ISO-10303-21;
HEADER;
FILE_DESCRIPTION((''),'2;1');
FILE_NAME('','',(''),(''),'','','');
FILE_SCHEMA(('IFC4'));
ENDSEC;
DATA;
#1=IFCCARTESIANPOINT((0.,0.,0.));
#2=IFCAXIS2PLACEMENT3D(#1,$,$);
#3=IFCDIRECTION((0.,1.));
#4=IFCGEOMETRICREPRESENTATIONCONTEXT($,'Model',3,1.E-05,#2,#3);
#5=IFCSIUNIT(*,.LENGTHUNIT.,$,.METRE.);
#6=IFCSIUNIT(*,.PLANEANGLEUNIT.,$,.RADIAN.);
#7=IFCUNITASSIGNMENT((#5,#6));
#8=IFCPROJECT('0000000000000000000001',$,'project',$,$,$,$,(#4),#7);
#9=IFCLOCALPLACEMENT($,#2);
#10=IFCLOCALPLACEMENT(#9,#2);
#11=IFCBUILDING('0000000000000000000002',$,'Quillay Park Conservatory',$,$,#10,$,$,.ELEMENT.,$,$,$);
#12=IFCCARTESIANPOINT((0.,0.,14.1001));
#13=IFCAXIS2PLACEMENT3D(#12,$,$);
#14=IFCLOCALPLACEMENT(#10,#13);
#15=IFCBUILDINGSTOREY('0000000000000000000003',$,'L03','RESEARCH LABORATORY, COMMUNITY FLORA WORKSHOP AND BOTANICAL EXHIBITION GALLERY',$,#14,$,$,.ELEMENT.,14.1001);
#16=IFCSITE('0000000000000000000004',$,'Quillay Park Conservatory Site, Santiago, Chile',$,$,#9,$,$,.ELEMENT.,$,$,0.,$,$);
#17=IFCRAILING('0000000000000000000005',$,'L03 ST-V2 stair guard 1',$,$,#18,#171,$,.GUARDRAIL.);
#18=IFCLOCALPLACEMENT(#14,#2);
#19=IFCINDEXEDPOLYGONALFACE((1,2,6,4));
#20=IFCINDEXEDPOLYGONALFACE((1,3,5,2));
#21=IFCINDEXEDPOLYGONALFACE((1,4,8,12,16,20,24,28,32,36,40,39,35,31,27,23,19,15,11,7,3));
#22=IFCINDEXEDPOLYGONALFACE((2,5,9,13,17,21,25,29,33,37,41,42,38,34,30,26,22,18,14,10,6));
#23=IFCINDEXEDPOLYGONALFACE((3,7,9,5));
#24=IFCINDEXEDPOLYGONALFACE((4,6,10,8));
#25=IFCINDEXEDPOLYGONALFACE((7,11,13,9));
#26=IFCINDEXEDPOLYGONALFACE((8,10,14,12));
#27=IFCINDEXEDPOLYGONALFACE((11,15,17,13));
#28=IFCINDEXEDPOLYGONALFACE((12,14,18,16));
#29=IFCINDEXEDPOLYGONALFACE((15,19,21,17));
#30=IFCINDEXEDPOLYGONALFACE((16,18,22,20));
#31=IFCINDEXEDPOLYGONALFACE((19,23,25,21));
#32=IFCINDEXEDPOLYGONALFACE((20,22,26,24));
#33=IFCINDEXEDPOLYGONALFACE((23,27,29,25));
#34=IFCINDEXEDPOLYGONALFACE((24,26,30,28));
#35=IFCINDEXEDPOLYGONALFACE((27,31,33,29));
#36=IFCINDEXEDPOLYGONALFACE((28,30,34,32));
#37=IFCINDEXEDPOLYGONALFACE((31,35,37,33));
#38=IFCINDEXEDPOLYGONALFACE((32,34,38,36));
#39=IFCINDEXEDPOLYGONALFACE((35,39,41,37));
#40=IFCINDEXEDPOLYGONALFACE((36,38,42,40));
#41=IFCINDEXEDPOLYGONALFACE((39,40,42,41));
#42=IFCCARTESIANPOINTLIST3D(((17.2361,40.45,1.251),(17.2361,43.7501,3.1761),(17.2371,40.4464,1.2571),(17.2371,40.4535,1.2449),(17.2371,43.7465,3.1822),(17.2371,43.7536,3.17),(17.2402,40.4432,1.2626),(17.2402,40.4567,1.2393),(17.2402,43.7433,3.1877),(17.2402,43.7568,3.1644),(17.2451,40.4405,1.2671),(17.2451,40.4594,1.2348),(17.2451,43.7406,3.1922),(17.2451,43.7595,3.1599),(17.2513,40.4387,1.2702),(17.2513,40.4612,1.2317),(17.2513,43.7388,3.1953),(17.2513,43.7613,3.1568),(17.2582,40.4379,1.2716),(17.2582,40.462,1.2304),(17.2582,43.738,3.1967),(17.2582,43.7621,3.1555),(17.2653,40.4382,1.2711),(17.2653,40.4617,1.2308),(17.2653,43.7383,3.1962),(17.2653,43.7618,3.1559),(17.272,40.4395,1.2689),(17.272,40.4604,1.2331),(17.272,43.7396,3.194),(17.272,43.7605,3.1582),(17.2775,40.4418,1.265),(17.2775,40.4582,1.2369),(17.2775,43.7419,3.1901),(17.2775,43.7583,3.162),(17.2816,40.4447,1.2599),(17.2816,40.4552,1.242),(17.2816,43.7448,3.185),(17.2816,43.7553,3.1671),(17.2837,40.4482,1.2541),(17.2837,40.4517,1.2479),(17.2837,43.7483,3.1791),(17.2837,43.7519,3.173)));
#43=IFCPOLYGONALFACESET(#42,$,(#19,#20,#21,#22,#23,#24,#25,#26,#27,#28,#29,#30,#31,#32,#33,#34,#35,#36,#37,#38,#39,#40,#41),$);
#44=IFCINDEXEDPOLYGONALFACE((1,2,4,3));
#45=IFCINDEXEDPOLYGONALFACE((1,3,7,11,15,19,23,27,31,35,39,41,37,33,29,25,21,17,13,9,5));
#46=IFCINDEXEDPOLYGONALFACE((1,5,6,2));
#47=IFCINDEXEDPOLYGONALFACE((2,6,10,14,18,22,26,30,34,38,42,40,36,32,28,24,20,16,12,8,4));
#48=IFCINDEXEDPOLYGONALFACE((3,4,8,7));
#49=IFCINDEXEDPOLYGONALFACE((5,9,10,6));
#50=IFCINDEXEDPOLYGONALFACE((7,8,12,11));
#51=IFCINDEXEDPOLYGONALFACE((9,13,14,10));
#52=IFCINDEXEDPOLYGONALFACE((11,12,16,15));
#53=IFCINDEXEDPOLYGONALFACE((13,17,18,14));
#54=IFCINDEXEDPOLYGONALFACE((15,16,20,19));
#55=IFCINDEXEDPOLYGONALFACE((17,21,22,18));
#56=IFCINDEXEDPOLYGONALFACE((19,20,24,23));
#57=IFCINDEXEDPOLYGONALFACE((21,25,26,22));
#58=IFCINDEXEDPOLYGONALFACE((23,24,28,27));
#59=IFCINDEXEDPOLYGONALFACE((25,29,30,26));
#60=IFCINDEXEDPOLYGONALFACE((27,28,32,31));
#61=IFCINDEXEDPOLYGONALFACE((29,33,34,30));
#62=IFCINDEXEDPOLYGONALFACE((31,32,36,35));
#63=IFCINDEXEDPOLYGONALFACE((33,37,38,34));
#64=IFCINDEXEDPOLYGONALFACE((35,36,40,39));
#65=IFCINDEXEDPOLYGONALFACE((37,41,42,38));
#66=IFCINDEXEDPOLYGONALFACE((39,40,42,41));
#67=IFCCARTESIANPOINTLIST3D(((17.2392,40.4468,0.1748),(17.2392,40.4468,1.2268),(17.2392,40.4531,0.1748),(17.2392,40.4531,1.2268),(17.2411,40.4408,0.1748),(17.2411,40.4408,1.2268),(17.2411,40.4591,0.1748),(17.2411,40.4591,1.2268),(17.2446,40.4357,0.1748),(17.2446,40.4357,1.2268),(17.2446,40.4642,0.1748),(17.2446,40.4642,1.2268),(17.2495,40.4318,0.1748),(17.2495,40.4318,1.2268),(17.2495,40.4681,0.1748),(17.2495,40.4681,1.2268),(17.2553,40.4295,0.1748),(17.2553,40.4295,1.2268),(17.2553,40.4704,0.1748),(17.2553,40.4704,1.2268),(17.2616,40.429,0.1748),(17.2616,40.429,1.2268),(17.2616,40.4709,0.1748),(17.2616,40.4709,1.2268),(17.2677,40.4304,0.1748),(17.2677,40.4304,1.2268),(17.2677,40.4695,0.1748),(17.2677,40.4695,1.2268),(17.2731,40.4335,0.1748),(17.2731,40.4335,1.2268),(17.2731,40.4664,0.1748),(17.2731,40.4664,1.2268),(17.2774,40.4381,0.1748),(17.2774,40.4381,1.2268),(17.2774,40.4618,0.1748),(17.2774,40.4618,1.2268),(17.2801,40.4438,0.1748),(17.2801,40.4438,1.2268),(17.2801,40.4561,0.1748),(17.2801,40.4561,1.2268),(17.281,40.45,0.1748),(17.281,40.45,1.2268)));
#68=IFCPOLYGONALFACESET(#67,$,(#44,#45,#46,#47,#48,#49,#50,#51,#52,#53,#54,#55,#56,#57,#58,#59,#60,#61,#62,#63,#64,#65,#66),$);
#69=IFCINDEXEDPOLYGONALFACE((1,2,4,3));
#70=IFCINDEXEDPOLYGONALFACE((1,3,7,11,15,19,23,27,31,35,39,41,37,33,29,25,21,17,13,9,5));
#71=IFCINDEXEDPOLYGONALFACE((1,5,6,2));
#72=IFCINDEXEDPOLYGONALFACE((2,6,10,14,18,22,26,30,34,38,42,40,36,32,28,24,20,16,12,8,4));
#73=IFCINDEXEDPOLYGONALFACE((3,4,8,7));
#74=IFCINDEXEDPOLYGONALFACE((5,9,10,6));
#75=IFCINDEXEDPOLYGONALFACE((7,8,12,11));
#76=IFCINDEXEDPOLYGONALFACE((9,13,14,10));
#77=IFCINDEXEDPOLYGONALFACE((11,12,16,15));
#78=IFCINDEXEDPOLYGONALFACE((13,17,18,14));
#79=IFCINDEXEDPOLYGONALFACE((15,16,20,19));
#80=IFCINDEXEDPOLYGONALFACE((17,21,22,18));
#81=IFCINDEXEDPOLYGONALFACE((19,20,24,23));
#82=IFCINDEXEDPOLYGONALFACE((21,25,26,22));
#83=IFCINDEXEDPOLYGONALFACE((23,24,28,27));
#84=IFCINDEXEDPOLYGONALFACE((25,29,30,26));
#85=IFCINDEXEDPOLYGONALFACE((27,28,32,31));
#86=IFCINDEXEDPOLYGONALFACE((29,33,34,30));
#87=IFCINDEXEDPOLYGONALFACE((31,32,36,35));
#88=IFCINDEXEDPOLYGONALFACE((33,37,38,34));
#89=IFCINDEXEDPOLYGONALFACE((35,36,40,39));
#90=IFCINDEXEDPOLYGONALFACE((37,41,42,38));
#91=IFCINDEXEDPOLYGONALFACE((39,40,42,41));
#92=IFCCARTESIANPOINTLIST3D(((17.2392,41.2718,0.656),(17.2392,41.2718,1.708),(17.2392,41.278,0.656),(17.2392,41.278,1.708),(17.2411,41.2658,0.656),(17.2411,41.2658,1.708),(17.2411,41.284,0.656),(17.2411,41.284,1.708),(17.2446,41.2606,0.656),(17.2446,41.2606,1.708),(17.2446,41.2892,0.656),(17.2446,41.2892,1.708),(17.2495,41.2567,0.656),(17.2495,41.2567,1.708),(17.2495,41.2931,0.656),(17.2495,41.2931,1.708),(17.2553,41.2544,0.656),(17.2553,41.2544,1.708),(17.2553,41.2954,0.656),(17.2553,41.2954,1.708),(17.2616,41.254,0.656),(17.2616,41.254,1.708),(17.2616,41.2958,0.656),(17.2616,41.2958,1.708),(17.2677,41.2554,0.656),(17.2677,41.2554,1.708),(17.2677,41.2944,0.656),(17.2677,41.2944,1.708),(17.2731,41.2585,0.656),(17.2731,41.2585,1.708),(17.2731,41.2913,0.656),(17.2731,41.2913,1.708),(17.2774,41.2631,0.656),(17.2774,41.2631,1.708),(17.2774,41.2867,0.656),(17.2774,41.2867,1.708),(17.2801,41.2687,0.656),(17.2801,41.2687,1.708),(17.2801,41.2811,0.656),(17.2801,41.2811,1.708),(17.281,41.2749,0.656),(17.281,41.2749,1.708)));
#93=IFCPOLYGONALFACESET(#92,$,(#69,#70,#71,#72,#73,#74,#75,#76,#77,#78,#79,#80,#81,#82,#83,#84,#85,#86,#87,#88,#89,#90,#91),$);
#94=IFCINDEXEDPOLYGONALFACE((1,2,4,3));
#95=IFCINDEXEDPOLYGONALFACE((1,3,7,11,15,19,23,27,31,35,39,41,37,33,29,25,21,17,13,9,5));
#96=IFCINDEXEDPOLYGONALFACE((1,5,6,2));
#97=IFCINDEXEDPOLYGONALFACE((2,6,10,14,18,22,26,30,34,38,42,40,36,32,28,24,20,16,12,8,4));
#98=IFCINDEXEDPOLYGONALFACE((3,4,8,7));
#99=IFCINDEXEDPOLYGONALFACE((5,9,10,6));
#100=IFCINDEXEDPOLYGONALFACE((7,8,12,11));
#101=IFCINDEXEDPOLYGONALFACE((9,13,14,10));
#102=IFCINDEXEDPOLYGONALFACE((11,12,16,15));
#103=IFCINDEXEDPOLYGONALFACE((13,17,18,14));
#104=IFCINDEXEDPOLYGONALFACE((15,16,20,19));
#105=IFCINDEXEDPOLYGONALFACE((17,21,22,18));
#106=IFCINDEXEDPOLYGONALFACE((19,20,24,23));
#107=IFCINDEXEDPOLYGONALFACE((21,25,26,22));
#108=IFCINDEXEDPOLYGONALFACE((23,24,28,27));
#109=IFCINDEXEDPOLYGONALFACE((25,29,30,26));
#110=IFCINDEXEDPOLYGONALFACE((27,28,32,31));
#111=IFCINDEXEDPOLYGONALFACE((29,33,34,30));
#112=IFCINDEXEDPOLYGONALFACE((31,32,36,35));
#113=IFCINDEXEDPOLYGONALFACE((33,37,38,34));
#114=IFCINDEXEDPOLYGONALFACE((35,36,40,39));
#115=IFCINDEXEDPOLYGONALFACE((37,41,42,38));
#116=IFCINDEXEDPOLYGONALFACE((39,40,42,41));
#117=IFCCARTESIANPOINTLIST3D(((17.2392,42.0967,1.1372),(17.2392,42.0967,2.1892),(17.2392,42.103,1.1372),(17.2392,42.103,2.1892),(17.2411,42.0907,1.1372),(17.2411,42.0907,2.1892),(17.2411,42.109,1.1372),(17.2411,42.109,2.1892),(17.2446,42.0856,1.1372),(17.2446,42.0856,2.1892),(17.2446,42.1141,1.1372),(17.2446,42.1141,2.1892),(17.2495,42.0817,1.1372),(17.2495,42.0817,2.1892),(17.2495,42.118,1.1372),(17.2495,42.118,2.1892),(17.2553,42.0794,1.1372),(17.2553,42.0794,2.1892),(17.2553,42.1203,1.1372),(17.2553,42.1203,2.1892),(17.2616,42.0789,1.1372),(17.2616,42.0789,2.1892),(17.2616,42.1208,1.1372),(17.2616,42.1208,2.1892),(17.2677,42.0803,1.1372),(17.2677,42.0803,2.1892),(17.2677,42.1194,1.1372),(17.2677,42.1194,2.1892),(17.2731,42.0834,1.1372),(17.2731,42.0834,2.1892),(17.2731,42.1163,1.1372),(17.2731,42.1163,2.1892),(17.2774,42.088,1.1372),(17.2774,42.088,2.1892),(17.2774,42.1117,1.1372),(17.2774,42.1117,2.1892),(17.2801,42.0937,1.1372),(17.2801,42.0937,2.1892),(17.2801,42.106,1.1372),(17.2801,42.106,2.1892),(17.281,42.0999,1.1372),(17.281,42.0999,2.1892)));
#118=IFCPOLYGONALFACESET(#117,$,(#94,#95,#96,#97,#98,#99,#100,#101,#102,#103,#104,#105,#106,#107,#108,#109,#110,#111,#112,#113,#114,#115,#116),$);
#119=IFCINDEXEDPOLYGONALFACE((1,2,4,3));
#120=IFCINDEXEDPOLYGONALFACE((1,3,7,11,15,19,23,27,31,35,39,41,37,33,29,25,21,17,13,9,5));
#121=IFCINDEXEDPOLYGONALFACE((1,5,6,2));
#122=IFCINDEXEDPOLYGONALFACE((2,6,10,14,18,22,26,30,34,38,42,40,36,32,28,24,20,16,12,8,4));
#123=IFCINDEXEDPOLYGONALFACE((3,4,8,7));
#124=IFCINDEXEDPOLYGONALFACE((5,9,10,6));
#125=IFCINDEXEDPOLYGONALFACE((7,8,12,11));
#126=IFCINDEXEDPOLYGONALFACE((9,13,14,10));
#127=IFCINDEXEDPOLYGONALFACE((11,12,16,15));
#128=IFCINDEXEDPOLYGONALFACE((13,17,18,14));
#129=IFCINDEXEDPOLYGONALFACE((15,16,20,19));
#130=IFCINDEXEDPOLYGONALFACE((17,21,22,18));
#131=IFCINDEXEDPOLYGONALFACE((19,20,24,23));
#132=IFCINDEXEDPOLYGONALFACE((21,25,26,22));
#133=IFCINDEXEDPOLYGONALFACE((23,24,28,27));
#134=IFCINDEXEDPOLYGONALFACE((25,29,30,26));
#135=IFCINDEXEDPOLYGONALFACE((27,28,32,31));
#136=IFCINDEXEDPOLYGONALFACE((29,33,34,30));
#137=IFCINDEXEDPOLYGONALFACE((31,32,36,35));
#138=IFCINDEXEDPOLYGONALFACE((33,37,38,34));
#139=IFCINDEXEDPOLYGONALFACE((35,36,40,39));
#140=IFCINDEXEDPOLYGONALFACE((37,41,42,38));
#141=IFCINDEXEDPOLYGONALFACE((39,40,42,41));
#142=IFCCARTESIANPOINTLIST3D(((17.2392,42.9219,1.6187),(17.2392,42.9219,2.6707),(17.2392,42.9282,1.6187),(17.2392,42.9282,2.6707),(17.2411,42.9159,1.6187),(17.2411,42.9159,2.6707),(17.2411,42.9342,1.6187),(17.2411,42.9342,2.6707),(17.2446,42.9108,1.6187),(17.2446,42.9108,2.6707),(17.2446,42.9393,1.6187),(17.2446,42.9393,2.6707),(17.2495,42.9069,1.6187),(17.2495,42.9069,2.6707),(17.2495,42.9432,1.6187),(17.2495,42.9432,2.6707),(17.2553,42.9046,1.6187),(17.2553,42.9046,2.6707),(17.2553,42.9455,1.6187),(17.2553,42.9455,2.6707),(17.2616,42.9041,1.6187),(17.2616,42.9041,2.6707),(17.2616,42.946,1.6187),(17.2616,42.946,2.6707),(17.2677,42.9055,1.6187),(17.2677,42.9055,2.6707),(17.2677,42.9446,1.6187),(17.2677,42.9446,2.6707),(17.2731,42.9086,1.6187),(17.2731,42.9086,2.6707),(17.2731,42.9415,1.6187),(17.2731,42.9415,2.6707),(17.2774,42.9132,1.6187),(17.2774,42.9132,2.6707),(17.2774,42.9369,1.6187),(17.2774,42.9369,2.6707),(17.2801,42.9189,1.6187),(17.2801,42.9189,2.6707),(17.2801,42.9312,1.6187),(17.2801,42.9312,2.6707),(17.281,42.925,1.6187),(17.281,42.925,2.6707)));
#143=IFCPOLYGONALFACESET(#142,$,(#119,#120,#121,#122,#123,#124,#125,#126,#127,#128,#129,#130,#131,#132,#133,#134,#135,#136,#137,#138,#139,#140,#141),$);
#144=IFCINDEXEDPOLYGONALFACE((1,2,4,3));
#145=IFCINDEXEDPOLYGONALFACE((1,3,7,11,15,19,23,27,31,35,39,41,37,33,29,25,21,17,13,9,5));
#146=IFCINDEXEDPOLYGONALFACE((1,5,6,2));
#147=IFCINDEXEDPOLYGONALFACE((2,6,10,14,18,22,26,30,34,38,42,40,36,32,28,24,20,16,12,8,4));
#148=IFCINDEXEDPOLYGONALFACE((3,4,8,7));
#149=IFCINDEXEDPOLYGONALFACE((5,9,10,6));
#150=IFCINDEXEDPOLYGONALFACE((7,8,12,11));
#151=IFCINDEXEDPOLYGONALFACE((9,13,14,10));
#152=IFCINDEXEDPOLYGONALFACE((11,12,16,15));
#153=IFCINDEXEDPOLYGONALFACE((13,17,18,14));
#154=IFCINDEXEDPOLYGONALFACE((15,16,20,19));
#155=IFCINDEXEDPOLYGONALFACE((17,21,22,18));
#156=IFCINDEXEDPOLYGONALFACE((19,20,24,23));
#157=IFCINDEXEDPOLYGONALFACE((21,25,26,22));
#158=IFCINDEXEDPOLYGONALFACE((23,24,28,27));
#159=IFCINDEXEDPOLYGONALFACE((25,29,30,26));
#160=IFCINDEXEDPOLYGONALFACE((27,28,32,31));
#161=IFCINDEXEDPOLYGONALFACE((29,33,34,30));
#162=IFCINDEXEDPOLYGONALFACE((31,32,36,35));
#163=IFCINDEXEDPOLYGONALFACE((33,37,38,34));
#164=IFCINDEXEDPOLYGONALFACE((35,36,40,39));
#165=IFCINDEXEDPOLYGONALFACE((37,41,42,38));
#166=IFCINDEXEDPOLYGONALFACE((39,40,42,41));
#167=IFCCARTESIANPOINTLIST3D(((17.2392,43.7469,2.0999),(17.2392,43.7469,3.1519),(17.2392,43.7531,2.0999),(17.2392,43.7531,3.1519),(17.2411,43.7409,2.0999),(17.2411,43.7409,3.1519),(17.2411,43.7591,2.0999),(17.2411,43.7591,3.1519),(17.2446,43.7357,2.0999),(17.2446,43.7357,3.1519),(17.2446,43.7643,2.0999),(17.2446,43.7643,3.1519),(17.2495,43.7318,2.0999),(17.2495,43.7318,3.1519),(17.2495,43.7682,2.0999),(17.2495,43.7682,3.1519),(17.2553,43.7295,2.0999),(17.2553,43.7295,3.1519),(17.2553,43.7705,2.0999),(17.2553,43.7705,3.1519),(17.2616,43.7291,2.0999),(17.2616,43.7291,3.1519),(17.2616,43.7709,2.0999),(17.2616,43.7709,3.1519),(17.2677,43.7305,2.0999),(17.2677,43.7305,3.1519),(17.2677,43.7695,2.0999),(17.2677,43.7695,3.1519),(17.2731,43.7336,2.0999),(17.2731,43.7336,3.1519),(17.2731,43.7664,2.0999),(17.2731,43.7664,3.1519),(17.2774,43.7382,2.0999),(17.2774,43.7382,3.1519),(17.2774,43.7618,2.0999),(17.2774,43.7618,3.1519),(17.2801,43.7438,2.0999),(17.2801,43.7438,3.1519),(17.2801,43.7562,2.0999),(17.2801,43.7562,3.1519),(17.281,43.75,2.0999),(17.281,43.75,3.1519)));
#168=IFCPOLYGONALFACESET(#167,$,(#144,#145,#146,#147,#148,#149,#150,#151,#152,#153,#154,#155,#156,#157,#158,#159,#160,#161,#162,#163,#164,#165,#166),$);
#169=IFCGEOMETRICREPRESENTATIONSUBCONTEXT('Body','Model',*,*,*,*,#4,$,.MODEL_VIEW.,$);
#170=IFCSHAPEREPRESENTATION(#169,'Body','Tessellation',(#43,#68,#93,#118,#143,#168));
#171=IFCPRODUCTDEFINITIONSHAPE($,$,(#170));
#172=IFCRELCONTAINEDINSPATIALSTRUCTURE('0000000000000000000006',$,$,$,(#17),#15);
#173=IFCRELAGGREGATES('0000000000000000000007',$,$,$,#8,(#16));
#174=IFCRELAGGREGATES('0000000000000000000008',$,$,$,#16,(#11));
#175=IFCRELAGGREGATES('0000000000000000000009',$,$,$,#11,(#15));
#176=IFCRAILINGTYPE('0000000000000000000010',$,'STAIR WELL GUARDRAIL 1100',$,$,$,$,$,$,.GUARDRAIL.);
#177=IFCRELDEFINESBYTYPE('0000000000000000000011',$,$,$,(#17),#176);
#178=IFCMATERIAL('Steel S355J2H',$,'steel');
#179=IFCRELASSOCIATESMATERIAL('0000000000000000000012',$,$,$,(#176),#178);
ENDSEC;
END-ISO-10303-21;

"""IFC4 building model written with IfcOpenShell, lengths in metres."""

from ifc_helpers import new_model, si_unit, direction, frame, origin, origin_2d, place, context, subcontext, project, spatial, circle, extrude, material, type_object, element, save


model = new_model("IFC4")

# Units and contexts
model_context = context("Model", 3, precision=1e-05, world=origin(), true_north=direction((0.0, 1.0)))
body_context = subcontext(model_context, "Body", "Model", "MODEL_VIEW")
ifc_project = project(units=[si_unit("LENGTHUNIT", "METRE"), si_unit("PLANEANGLEUNIT", "RADIAN")], contexts=[model_context])

# Site, building, storey
site_placement = place(None, origin())
site = spatial("IfcSite", under=ifc_project, at=site_placement, Name="Quillay Park Conservatory Site, Santiago, Chile", CompositionType="ELEMENT", RefElevation=0.0)
building_placement = place(site_placement, origin())
building = spatial("IfcBuilding", under=site, at=building_placement, Name="Quillay Park Conservatory", CompositionType="ELEMENT")
storey_placement = place(building_placement, frame((0.0, 0.0, 14.1001)))
storey = spatial("IfcBuildingStorey", under=building, at=storey_placement, Name="L03", Description="RESEARCH LABORATORY, COMMUNITY FLORA WORKSHOP AND BOTANICAL EXHIBITION GALLERY", CompositionType="ELEMENT", Elevation=14.1001)

# Railing
ifc_material_1 = material(Name="Steel S355J2H", Category="steel")
railing_type_1 = type_object("IfcRailingType", Name="STAIR WELL GUARDRAIL 1100", PredefinedType="GUARDRAIL", material=ifc_material_1)
railing_1_placement = place(storey_placement, frame((17.26, 40.45, 0.1748)))
element("IfcRailing", 1, at=railing_1_placement, inside=storey, type_object=railing_type_1, Name="L03 ST-V2 stair guard 1", PredefinedType="GUARDRAIL", context=body_context, shape_type="SweptSolid", body=[
    extrude(circle(Radius=0.0239, at=origin_2d()), frame((0.0, 0.0, 1.0762), z_axis=(0.0, 0.863777, 0.503875), x_axis=(-1.0, 0.0, 0.0)), (0.0, 0.0, 1.0), 3.8206),
    extrude(circle(Radius=0.021, at=origin_2d()), origin(), (0.0, 0.0, 1.0), 1.052),
    extrude(circle(Radius=0.021, at=origin_2d()), frame((0.0, 0.825, 0.4812)), (0.0, 0.0, 1.0), 1.052),
    extrude(circle(Radius=0.021, at=origin_2d()), frame((0.0, 1.6499, 0.9624)), (0.0, 0.0, 1.0), 1.052),
    extrude(circle(Radius=0.021, at=origin_2d()), frame((0.0, 2.4751, 1.4438)), (0.0, 0.0, 1.0), 1.052),
    extrude(circle(Radius=0.021, at=origin_2d()), frame((0.0, 3.3, 1.925)), (0.0, 0.0, 1.0), 1.052),
])

save(model, "model.ifc")
